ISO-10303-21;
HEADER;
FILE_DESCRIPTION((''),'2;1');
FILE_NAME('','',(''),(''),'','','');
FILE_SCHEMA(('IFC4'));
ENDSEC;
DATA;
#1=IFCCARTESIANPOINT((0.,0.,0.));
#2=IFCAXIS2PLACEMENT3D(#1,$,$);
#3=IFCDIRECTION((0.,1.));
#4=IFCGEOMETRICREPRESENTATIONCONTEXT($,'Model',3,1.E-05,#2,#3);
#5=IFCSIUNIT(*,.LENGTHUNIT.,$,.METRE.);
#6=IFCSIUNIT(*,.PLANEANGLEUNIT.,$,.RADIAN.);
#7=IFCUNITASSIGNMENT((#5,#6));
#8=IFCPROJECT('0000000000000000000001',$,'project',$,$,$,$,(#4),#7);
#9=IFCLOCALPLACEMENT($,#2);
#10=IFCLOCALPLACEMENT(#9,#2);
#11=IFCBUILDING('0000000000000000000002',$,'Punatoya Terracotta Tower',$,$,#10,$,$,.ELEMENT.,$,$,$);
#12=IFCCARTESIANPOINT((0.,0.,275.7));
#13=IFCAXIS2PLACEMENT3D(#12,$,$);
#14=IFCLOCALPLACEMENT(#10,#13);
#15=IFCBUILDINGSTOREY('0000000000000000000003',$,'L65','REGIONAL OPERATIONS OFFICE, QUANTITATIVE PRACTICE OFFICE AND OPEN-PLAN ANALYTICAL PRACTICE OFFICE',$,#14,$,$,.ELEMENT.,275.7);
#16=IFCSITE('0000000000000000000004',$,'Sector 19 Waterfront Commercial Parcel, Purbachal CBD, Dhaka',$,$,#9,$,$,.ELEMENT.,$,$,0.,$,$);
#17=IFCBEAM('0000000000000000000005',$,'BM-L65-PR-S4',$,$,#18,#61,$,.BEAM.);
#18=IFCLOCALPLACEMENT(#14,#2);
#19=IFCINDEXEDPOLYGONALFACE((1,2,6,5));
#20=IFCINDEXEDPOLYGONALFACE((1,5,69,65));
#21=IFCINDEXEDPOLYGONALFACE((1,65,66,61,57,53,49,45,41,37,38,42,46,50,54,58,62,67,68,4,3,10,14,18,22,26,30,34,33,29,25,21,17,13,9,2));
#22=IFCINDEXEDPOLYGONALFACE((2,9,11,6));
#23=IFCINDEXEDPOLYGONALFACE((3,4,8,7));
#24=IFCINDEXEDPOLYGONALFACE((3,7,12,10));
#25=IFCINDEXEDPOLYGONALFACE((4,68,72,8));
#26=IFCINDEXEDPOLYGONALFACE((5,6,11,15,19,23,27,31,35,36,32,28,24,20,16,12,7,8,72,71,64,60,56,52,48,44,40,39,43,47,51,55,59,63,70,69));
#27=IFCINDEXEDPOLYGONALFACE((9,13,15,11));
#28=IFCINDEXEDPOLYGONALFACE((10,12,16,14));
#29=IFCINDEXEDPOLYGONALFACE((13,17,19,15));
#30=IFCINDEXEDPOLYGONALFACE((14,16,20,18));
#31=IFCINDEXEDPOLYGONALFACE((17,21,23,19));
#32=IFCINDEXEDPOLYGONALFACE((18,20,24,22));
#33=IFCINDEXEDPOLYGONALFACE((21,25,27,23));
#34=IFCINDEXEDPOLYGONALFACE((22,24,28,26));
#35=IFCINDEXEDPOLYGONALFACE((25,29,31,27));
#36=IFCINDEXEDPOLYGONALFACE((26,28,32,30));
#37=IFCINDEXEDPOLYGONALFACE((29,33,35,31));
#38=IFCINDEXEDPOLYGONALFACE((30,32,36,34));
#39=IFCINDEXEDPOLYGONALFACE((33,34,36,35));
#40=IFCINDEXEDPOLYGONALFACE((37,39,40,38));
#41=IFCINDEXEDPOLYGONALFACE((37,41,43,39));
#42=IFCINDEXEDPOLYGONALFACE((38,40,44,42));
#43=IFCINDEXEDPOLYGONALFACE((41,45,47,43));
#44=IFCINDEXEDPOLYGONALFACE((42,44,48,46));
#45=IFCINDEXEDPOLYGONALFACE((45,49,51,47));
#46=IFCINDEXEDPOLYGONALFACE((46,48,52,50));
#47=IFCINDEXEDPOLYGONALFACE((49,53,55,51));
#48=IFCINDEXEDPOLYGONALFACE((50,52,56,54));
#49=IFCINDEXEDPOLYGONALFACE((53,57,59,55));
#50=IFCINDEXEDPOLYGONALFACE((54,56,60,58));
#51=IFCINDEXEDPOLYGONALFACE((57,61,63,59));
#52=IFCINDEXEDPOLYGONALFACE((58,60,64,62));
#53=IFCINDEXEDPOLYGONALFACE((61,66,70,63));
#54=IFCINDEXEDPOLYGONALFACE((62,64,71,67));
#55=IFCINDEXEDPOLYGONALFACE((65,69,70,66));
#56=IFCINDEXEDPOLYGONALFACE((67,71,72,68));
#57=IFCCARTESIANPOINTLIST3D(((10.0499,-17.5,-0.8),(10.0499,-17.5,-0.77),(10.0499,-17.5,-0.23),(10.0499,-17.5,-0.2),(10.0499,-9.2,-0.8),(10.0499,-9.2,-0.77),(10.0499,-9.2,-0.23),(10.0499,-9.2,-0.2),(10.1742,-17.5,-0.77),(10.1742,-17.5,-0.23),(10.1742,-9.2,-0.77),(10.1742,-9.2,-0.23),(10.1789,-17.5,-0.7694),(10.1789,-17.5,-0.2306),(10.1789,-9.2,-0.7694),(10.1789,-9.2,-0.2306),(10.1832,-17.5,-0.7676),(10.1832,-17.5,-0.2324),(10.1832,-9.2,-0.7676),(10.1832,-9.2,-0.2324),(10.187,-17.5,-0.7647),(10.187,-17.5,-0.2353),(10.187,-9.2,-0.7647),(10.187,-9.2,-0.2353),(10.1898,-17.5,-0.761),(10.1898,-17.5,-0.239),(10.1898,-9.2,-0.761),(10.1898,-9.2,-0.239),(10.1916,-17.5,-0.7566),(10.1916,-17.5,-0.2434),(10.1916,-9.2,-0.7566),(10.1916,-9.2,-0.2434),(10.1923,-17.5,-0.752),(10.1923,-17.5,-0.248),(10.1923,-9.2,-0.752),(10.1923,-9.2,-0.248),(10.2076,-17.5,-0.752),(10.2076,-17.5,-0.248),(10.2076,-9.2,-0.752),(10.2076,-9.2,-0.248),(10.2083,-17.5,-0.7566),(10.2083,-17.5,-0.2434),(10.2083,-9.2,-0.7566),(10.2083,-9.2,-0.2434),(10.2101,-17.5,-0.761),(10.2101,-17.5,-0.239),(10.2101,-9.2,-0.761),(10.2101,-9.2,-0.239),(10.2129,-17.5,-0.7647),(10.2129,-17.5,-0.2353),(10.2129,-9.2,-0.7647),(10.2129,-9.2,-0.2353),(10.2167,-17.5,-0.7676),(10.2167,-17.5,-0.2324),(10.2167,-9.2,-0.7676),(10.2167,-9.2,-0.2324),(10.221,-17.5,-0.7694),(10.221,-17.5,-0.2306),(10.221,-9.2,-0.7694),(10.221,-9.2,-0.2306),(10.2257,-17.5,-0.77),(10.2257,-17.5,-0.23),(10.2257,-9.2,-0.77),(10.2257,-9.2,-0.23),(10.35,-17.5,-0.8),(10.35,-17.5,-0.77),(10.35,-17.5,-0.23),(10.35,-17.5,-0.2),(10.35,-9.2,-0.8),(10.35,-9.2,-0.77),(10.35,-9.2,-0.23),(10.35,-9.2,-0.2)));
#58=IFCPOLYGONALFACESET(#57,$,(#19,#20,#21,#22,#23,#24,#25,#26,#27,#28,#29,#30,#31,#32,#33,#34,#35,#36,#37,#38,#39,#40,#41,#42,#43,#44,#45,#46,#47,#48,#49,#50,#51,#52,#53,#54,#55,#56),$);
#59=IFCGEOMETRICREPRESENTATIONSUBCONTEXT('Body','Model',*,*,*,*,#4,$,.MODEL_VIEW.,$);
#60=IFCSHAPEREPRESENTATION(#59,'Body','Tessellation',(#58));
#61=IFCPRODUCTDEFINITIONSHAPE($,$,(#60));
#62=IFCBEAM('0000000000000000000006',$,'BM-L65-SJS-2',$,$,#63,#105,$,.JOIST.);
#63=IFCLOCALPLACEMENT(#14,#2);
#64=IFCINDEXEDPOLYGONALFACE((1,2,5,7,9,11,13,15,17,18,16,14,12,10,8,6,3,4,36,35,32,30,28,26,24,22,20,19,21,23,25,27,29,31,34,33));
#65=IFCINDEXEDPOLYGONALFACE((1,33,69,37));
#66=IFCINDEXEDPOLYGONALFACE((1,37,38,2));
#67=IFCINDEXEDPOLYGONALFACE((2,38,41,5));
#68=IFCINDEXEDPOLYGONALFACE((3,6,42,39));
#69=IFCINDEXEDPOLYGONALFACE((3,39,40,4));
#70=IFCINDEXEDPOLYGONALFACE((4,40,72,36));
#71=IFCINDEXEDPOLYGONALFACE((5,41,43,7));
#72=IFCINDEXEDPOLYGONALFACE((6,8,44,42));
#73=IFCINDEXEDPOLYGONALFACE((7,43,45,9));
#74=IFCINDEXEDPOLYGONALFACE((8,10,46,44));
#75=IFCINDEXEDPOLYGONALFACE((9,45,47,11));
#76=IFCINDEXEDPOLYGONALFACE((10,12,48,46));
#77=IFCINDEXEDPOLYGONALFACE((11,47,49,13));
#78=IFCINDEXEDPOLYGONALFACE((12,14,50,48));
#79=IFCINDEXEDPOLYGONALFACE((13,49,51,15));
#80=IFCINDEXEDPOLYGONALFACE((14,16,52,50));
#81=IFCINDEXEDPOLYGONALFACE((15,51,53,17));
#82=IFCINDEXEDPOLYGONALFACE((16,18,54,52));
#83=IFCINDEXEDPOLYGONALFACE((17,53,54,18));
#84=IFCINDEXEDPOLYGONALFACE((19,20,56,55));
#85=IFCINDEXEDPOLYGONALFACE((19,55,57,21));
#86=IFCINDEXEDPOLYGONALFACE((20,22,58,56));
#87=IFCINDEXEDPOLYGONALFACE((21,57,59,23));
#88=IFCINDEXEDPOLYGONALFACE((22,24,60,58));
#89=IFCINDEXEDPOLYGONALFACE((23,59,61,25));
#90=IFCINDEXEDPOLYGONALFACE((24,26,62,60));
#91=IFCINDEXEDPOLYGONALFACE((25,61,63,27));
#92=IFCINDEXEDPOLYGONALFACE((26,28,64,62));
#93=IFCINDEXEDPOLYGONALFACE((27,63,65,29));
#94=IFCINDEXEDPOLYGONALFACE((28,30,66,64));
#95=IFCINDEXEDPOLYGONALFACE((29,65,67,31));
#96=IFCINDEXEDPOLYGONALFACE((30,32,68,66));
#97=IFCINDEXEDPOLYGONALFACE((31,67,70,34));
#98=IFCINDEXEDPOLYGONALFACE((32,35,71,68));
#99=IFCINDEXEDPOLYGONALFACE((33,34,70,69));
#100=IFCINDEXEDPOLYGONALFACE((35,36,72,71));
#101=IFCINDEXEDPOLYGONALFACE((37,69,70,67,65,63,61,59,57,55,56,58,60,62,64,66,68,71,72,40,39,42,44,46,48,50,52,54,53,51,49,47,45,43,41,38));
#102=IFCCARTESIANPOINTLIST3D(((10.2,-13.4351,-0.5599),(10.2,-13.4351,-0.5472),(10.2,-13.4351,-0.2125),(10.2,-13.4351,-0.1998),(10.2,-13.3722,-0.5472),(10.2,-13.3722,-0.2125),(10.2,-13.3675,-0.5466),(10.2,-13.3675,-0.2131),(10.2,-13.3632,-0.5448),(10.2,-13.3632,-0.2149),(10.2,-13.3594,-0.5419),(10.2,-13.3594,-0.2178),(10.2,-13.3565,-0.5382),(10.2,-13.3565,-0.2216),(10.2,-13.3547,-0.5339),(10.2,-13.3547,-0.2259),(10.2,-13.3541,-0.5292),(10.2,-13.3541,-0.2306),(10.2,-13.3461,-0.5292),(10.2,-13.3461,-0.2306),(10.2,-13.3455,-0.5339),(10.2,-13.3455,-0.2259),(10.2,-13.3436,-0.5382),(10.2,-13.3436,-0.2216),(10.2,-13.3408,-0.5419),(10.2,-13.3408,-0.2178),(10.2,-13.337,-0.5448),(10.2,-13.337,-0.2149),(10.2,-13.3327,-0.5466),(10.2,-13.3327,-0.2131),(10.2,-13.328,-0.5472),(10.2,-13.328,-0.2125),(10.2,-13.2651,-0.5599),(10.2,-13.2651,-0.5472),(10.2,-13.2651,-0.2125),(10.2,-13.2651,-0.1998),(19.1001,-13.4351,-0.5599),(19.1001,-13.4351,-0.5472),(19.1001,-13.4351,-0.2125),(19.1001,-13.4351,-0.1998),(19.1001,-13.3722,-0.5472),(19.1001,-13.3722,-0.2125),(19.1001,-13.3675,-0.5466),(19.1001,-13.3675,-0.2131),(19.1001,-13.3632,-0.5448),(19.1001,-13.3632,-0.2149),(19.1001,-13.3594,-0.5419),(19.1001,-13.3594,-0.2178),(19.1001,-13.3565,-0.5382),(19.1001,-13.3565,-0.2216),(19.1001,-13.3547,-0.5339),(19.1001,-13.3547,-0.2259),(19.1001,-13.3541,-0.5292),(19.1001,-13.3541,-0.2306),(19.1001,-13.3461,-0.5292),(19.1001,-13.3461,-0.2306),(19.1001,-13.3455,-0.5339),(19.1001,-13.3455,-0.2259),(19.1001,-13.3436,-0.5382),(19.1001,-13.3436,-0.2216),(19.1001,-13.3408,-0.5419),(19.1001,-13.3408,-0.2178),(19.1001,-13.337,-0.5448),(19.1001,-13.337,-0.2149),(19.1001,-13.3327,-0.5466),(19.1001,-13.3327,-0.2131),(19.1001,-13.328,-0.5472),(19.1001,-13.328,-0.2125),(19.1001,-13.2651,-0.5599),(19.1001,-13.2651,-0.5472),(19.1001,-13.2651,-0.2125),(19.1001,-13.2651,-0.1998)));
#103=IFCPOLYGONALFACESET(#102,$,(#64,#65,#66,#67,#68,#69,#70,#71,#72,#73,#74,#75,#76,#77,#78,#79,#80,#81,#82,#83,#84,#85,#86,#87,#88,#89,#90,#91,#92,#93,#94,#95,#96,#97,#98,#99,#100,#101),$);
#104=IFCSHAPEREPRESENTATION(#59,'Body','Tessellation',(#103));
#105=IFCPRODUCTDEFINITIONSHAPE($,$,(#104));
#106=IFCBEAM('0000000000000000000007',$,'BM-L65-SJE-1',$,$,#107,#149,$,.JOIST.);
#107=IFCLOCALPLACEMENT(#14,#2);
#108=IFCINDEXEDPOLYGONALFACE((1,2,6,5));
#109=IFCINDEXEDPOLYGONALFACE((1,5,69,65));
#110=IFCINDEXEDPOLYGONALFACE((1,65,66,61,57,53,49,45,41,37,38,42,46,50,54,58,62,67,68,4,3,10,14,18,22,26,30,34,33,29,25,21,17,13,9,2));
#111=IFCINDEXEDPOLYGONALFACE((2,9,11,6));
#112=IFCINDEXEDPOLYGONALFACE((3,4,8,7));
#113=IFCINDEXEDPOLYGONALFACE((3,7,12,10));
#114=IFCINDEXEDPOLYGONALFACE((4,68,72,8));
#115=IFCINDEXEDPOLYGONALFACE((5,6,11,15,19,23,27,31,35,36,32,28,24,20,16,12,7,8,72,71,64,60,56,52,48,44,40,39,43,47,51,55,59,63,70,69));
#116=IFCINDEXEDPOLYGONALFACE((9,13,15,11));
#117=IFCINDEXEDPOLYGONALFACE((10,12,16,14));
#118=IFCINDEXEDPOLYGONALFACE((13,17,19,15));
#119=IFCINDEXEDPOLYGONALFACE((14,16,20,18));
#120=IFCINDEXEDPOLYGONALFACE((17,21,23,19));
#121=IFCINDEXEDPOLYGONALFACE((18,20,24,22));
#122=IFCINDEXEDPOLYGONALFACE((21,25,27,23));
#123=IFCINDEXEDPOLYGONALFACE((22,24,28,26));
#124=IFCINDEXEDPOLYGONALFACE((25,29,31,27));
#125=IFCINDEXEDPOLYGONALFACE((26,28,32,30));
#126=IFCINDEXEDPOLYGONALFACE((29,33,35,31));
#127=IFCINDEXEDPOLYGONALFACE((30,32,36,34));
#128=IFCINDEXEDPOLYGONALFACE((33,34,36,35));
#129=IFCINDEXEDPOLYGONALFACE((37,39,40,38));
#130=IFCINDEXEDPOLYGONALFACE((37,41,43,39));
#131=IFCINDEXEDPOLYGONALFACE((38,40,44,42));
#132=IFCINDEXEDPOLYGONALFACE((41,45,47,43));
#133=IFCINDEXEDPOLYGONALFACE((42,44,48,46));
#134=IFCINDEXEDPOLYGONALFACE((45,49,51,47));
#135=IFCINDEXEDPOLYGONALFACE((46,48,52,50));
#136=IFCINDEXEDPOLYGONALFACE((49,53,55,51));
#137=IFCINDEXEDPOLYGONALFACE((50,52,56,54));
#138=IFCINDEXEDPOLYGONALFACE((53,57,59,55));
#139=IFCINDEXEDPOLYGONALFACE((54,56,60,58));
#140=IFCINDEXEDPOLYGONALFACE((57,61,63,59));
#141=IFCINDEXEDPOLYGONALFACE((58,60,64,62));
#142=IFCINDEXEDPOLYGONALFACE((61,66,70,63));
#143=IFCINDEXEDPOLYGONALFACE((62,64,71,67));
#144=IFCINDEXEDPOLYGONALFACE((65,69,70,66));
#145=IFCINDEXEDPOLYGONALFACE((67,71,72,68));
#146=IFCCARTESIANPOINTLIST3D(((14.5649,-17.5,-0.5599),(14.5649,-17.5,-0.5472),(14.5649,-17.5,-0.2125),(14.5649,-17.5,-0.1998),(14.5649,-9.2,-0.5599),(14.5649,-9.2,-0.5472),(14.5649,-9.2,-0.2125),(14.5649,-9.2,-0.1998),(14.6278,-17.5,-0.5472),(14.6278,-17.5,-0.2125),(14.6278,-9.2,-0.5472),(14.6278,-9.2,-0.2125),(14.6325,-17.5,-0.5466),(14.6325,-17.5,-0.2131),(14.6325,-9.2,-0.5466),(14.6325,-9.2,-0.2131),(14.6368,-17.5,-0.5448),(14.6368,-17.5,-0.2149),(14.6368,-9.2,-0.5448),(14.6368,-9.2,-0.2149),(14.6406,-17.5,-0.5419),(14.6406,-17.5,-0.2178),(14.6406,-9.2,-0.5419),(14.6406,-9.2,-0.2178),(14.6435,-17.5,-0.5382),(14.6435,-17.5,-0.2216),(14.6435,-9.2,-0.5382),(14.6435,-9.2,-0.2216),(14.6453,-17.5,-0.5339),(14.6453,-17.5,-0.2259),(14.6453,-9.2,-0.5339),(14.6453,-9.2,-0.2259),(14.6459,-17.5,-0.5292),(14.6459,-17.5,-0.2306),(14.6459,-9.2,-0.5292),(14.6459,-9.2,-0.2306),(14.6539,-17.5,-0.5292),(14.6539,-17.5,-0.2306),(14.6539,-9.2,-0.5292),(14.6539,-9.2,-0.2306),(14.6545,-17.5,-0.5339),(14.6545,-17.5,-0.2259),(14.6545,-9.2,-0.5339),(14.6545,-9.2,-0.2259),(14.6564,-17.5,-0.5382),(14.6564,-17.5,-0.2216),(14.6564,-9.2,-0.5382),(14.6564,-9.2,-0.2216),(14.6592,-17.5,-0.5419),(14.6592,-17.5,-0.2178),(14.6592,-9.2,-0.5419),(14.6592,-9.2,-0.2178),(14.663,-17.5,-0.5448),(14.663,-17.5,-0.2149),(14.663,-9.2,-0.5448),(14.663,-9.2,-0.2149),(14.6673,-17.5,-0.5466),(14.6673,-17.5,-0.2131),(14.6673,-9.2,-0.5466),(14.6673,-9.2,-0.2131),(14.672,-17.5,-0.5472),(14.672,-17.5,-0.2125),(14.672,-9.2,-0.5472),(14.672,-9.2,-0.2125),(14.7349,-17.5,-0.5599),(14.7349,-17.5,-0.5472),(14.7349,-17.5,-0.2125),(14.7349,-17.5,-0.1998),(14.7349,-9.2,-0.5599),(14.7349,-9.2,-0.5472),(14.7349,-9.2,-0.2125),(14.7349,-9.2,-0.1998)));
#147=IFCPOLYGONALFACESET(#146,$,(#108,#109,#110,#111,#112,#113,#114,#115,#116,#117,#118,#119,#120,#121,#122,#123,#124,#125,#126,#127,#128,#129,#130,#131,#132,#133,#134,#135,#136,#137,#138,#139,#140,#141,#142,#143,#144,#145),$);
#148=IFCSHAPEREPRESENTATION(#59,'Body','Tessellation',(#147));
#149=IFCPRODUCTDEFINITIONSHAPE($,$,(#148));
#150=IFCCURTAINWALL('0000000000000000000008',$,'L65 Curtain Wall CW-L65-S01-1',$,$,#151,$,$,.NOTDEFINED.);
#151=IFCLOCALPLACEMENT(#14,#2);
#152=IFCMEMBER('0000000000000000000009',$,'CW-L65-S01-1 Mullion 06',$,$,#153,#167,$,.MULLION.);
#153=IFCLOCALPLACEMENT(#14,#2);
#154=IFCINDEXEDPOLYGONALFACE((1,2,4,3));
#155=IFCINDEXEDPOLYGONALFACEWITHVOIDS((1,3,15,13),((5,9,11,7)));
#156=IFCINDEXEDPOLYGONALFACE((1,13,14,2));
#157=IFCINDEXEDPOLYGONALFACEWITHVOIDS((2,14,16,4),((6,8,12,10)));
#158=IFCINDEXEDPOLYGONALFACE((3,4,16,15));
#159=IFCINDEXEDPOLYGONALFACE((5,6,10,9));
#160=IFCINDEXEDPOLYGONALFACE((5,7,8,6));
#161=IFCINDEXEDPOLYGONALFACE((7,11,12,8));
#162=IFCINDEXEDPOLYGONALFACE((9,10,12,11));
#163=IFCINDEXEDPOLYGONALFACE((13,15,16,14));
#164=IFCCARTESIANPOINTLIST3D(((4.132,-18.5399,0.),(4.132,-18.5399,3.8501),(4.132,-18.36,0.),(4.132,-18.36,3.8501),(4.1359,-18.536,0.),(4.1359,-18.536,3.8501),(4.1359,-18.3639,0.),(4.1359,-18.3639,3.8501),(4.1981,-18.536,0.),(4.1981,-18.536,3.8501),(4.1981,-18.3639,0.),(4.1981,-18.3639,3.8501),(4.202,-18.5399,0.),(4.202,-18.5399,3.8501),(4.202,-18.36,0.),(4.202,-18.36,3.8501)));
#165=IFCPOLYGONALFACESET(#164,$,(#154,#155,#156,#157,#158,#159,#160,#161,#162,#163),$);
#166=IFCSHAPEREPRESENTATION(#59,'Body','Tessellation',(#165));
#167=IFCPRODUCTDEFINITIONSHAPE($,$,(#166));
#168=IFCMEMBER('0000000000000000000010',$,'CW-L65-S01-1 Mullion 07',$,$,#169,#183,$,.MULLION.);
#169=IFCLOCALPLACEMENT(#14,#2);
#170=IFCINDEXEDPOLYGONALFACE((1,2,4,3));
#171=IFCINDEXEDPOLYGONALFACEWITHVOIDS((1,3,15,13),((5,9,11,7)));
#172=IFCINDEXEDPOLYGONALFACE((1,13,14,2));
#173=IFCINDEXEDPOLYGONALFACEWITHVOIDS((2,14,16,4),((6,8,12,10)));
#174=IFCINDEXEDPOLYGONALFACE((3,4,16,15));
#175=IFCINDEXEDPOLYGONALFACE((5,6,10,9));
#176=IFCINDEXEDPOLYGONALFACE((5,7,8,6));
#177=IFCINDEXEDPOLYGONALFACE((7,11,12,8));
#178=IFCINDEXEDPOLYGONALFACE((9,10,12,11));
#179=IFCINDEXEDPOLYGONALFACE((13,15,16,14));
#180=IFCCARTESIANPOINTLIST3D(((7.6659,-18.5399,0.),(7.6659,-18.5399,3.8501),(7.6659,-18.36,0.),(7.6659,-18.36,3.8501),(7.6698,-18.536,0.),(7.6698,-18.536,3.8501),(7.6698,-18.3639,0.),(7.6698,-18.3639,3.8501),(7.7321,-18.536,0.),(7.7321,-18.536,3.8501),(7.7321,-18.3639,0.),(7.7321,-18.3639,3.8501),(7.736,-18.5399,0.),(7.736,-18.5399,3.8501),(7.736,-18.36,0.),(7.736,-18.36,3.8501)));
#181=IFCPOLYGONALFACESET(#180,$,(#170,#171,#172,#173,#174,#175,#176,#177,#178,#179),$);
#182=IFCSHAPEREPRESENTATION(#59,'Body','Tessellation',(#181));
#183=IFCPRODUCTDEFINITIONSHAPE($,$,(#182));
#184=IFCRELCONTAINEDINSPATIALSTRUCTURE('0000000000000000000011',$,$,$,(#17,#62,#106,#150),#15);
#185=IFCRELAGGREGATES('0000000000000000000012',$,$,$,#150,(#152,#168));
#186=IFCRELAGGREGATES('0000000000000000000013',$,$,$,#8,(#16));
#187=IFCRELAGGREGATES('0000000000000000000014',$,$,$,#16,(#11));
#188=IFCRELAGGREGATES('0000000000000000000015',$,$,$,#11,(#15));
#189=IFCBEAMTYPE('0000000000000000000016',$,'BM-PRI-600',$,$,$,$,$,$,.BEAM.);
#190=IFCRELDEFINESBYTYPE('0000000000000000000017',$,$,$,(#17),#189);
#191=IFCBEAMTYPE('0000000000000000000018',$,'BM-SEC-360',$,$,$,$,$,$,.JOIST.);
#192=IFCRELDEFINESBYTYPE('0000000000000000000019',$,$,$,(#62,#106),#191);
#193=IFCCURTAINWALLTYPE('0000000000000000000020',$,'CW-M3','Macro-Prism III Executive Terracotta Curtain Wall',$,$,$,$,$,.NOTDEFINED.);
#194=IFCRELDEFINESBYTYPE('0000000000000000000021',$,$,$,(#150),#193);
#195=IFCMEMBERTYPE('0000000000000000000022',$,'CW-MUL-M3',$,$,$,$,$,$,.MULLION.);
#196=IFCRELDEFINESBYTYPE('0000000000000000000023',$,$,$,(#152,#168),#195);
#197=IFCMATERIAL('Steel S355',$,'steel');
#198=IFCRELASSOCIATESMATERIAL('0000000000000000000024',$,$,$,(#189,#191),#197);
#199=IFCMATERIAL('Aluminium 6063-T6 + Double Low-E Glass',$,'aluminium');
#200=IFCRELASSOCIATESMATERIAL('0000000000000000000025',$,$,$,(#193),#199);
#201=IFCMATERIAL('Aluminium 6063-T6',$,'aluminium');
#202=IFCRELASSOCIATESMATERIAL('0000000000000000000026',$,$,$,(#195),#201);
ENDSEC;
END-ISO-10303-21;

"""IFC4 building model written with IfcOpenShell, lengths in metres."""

from ifc_helpers import new_model, si_unit, direction, frame, origin, origin_2d, place, context, subcontext, project, spatial, hollow_rectangle, i_section, extrude, material, material_profile, profile_set, type_object, element, aggregate, save


model = new_model("IFC4")

# Units and contexts
model_context = context("Model", 3, precision=1e-05, world=origin(), true_north=direction((0.0, 1.0)))
body_context = subcontext(model_context, "Body", "Model", "MODEL_VIEW")
ifc_project = project(units=[si_unit("LENGTHUNIT", "METRE"), si_unit("PLANEANGLEUNIT", "RADIAN")], contexts=[model_context])

# Site, building, storey
site_placement = place(None, origin())
site = spatial("IfcSite", under=ifc_project, at=site_placement, Name="Sector 19 Waterfront Commercial Parcel, Purbachal CBD, Dhaka", CompositionType="ELEMENT", RefElevation=0.0)
building_placement = place(site_placement, origin())
building = spatial("IfcBuilding", under=site, at=building_placement, Name="Punatoya Terracotta Tower", CompositionType="ELEMENT")
storey_placement = place(building_placement, frame((0.0, 0.0, 275.7)))
storey = spatial("IfcBuildingStorey", under=building, at=storey_placement, Name="L65", Description="REGIONAL OPERATIONS OFFICE, QUANTITATIVE PRACTICE OFFICE AND OPEN-PLAN ANALYTICAL PRACTICE OFFICE", CompositionType="ELEMENT", Elevation=275.7)

# Beams
ifc_material_1 = material(Name="Steel S355", Category="steel")
ifc_material_profile_1 = material_profile(ifc_material_1, i_section(OverallWidth=0.3, OverallDepth=0.6001, WebThickness=0.0154, FlangeThickness=0.03, FilletRadius=0.0181, at=origin_2d()))
ifc_profile_set_1 = profile_set([ifc_material_profile_1], Name="Steel S355")
beam_type_1 = type_object("IfcBeamType", Name="BM-PRI-600", PredefinedType="BEAM", material=ifc_profile_set_1)
for number, where, z_axis, x_axis, name in (
    (1, (10.2, -17.5, -0.5), (0.0, 1.0, 0.0), (-1.0, 0.0, 0.0), "BM-L65-PR-S4"),
):
    element("IfcBeam", number, at=place(storey_placement, frame(where, z_axis=z_axis, x_axis=x_axis)), inside=storey, type_object=beam_type_1, Name=name, PredefinedType="BEAM", context=body_context, shape_type="SweptSolid", body=[
        extrude(i_section(OverallWidth=0.3, OverallDepth=0.6001, WebThickness=0.0154, FlangeThickness=0.03, FilletRadius=0.0181, at=origin_2d()), origin(), (0.0, 0.0, 1.0), 8.3),
    ])
ifc_material_profile_2 = material_profile(ifc_material_1, i_section(OverallWidth=0.1699, OverallDepth=0.3601, WebThickness=0.0081, FlangeThickness=0.0127, FilletRadius=0.0181, at=origin_2d()))
ifc_profile_set_2 = profile_set([ifc_material_profile_2], Name="Steel S355")
beam_type_2 = type_object("IfcBeamType", Name="BM-SEC-360", PredefinedType="JOIST", material=ifc_profile_set_2)
beam_1_placement = place(storey_placement, frame((10.2, -13.3501, -0.3799), z_axis=(1.0, 0.0, 0.0), x_axis=(0.0, 1.0, 0.0)))
element("IfcBeam", 2, at=beam_1_placement, inside=storey, type_object=beam_type_2, Name="BM-L65-SJS-2", PredefinedType="JOIST", context=body_context, shape_type="SweptSolid", body=[
    extrude(i_section(OverallWidth=0.1699, OverallDepth=0.3601, WebThickness=0.0081, FlangeThickness=0.0127, FilletRadius=0.0181, at=origin_2d()), origin(), (0.0, 0.0, 1.0), 8.9001),
])
beam_2_placement = place(storey_placement, frame((14.6499, -17.5, -0.3799), z_axis=(0.0, 1.0, 0.0), x_axis=(-1.0, 0.0, 0.0)))
element("IfcBeam", 3, at=beam_2_placement, inside=storey, type_object=beam_type_2, Name="BM-L65-SJE-1", PredefinedType="JOIST", context=body_context, shape_type="SweptSolid", body=[
    extrude(i_section(OverallWidth=0.1699, OverallDepth=0.3601, WebThickness=0.0081, FlangeThickness=0.0127, FilletRadius=0.0181, at=origin_2d()), origin(), (0.0, 0.0, 1.0), 8.3),
])

# Curtain wall, members
ifc_material_2 = material(Name="Aluminium 6063-T6 + Double Low-E Glass", Category="aluminium")
curtain_wall_type = type_object("IfcCurtainWallType", Name="CW-M3", Description="Macro-Prism III Executive Terracotta Curtain Wall", PredefinedType="NOTDEFINED", material=ifc_material_2)
curtain_wall_placement = place(storey_placement, origin())
curtain_wall = element("IfcCurtainWall", 4, at=curtain_wall_placement, inside=storey, type_object=curtain_wall_type, Name="L65 Curtain Wall CW-L65-S01-1", PredefinedType="NOTDEFINED")
ifc_material_3 = material(Name="Aluminium 6063-T6", Category="aluminium")
ifc_material_profile_3 = material_profile(ifc_material_3, hollow_rectangle(XDim=0.0701, YDim=0.1799, WallThickness=0.0039, at=origin_2d()))
ifc_profile_set_3 = profile_set([ifc_material_profile_3], Name="Aluminium 6063-T6")
member_type = type_object("IfcMemberType", Name="CW-MUL-M3", PredefinedType="MULLION", material=ifc_profile_set_3)
member_1_placement = place(storey_placement, frame((4.167, -18.45, 0.0), z_axis=(0.0, 0.0, 1.0), x_axis=(1.0, 0.0, 0.0)))
member_1 = element("IfcMember", 5, at=member_1_placement, type_object=member_type, Name="CW-L65-S01-1 Mullion 06", PredefinedType="MULLION", context=body_context, shape_type="SweptSolid", body=[
    extrude(hollow_rectangle(XDim=0.0701, YDim=0.1799, WallThickness=0.0039, at=origin_2d()), origin(), (0.0, 0.0, 1.0), 3.8501),
])
member_2_placement = place(storey_placement, frame((7.7009, -18.45, 0.0), z_axis=(0.0, 0.0, 1.0), x_axis=(1.0, 0.0, 0.0)))
member_2 = element("IfcMember", 6, at=member_2_placement, type_object=member_type, Name="CW-L65-S01-1 Mullion 07", PredefinedType="MULLION", context=body_context, shape_type="SweptSolid", body=[
    extrude(hollow_rectangle(XDim=0.0701, YDim=0.1799, WallThickness=0.0039, at=origin_2d()), origin(), (0.0, 0.0, 1.0), 3.8501),
])
aggregate(curtain_wall, [member_1, member_2])

save(model, "model.ifc")
